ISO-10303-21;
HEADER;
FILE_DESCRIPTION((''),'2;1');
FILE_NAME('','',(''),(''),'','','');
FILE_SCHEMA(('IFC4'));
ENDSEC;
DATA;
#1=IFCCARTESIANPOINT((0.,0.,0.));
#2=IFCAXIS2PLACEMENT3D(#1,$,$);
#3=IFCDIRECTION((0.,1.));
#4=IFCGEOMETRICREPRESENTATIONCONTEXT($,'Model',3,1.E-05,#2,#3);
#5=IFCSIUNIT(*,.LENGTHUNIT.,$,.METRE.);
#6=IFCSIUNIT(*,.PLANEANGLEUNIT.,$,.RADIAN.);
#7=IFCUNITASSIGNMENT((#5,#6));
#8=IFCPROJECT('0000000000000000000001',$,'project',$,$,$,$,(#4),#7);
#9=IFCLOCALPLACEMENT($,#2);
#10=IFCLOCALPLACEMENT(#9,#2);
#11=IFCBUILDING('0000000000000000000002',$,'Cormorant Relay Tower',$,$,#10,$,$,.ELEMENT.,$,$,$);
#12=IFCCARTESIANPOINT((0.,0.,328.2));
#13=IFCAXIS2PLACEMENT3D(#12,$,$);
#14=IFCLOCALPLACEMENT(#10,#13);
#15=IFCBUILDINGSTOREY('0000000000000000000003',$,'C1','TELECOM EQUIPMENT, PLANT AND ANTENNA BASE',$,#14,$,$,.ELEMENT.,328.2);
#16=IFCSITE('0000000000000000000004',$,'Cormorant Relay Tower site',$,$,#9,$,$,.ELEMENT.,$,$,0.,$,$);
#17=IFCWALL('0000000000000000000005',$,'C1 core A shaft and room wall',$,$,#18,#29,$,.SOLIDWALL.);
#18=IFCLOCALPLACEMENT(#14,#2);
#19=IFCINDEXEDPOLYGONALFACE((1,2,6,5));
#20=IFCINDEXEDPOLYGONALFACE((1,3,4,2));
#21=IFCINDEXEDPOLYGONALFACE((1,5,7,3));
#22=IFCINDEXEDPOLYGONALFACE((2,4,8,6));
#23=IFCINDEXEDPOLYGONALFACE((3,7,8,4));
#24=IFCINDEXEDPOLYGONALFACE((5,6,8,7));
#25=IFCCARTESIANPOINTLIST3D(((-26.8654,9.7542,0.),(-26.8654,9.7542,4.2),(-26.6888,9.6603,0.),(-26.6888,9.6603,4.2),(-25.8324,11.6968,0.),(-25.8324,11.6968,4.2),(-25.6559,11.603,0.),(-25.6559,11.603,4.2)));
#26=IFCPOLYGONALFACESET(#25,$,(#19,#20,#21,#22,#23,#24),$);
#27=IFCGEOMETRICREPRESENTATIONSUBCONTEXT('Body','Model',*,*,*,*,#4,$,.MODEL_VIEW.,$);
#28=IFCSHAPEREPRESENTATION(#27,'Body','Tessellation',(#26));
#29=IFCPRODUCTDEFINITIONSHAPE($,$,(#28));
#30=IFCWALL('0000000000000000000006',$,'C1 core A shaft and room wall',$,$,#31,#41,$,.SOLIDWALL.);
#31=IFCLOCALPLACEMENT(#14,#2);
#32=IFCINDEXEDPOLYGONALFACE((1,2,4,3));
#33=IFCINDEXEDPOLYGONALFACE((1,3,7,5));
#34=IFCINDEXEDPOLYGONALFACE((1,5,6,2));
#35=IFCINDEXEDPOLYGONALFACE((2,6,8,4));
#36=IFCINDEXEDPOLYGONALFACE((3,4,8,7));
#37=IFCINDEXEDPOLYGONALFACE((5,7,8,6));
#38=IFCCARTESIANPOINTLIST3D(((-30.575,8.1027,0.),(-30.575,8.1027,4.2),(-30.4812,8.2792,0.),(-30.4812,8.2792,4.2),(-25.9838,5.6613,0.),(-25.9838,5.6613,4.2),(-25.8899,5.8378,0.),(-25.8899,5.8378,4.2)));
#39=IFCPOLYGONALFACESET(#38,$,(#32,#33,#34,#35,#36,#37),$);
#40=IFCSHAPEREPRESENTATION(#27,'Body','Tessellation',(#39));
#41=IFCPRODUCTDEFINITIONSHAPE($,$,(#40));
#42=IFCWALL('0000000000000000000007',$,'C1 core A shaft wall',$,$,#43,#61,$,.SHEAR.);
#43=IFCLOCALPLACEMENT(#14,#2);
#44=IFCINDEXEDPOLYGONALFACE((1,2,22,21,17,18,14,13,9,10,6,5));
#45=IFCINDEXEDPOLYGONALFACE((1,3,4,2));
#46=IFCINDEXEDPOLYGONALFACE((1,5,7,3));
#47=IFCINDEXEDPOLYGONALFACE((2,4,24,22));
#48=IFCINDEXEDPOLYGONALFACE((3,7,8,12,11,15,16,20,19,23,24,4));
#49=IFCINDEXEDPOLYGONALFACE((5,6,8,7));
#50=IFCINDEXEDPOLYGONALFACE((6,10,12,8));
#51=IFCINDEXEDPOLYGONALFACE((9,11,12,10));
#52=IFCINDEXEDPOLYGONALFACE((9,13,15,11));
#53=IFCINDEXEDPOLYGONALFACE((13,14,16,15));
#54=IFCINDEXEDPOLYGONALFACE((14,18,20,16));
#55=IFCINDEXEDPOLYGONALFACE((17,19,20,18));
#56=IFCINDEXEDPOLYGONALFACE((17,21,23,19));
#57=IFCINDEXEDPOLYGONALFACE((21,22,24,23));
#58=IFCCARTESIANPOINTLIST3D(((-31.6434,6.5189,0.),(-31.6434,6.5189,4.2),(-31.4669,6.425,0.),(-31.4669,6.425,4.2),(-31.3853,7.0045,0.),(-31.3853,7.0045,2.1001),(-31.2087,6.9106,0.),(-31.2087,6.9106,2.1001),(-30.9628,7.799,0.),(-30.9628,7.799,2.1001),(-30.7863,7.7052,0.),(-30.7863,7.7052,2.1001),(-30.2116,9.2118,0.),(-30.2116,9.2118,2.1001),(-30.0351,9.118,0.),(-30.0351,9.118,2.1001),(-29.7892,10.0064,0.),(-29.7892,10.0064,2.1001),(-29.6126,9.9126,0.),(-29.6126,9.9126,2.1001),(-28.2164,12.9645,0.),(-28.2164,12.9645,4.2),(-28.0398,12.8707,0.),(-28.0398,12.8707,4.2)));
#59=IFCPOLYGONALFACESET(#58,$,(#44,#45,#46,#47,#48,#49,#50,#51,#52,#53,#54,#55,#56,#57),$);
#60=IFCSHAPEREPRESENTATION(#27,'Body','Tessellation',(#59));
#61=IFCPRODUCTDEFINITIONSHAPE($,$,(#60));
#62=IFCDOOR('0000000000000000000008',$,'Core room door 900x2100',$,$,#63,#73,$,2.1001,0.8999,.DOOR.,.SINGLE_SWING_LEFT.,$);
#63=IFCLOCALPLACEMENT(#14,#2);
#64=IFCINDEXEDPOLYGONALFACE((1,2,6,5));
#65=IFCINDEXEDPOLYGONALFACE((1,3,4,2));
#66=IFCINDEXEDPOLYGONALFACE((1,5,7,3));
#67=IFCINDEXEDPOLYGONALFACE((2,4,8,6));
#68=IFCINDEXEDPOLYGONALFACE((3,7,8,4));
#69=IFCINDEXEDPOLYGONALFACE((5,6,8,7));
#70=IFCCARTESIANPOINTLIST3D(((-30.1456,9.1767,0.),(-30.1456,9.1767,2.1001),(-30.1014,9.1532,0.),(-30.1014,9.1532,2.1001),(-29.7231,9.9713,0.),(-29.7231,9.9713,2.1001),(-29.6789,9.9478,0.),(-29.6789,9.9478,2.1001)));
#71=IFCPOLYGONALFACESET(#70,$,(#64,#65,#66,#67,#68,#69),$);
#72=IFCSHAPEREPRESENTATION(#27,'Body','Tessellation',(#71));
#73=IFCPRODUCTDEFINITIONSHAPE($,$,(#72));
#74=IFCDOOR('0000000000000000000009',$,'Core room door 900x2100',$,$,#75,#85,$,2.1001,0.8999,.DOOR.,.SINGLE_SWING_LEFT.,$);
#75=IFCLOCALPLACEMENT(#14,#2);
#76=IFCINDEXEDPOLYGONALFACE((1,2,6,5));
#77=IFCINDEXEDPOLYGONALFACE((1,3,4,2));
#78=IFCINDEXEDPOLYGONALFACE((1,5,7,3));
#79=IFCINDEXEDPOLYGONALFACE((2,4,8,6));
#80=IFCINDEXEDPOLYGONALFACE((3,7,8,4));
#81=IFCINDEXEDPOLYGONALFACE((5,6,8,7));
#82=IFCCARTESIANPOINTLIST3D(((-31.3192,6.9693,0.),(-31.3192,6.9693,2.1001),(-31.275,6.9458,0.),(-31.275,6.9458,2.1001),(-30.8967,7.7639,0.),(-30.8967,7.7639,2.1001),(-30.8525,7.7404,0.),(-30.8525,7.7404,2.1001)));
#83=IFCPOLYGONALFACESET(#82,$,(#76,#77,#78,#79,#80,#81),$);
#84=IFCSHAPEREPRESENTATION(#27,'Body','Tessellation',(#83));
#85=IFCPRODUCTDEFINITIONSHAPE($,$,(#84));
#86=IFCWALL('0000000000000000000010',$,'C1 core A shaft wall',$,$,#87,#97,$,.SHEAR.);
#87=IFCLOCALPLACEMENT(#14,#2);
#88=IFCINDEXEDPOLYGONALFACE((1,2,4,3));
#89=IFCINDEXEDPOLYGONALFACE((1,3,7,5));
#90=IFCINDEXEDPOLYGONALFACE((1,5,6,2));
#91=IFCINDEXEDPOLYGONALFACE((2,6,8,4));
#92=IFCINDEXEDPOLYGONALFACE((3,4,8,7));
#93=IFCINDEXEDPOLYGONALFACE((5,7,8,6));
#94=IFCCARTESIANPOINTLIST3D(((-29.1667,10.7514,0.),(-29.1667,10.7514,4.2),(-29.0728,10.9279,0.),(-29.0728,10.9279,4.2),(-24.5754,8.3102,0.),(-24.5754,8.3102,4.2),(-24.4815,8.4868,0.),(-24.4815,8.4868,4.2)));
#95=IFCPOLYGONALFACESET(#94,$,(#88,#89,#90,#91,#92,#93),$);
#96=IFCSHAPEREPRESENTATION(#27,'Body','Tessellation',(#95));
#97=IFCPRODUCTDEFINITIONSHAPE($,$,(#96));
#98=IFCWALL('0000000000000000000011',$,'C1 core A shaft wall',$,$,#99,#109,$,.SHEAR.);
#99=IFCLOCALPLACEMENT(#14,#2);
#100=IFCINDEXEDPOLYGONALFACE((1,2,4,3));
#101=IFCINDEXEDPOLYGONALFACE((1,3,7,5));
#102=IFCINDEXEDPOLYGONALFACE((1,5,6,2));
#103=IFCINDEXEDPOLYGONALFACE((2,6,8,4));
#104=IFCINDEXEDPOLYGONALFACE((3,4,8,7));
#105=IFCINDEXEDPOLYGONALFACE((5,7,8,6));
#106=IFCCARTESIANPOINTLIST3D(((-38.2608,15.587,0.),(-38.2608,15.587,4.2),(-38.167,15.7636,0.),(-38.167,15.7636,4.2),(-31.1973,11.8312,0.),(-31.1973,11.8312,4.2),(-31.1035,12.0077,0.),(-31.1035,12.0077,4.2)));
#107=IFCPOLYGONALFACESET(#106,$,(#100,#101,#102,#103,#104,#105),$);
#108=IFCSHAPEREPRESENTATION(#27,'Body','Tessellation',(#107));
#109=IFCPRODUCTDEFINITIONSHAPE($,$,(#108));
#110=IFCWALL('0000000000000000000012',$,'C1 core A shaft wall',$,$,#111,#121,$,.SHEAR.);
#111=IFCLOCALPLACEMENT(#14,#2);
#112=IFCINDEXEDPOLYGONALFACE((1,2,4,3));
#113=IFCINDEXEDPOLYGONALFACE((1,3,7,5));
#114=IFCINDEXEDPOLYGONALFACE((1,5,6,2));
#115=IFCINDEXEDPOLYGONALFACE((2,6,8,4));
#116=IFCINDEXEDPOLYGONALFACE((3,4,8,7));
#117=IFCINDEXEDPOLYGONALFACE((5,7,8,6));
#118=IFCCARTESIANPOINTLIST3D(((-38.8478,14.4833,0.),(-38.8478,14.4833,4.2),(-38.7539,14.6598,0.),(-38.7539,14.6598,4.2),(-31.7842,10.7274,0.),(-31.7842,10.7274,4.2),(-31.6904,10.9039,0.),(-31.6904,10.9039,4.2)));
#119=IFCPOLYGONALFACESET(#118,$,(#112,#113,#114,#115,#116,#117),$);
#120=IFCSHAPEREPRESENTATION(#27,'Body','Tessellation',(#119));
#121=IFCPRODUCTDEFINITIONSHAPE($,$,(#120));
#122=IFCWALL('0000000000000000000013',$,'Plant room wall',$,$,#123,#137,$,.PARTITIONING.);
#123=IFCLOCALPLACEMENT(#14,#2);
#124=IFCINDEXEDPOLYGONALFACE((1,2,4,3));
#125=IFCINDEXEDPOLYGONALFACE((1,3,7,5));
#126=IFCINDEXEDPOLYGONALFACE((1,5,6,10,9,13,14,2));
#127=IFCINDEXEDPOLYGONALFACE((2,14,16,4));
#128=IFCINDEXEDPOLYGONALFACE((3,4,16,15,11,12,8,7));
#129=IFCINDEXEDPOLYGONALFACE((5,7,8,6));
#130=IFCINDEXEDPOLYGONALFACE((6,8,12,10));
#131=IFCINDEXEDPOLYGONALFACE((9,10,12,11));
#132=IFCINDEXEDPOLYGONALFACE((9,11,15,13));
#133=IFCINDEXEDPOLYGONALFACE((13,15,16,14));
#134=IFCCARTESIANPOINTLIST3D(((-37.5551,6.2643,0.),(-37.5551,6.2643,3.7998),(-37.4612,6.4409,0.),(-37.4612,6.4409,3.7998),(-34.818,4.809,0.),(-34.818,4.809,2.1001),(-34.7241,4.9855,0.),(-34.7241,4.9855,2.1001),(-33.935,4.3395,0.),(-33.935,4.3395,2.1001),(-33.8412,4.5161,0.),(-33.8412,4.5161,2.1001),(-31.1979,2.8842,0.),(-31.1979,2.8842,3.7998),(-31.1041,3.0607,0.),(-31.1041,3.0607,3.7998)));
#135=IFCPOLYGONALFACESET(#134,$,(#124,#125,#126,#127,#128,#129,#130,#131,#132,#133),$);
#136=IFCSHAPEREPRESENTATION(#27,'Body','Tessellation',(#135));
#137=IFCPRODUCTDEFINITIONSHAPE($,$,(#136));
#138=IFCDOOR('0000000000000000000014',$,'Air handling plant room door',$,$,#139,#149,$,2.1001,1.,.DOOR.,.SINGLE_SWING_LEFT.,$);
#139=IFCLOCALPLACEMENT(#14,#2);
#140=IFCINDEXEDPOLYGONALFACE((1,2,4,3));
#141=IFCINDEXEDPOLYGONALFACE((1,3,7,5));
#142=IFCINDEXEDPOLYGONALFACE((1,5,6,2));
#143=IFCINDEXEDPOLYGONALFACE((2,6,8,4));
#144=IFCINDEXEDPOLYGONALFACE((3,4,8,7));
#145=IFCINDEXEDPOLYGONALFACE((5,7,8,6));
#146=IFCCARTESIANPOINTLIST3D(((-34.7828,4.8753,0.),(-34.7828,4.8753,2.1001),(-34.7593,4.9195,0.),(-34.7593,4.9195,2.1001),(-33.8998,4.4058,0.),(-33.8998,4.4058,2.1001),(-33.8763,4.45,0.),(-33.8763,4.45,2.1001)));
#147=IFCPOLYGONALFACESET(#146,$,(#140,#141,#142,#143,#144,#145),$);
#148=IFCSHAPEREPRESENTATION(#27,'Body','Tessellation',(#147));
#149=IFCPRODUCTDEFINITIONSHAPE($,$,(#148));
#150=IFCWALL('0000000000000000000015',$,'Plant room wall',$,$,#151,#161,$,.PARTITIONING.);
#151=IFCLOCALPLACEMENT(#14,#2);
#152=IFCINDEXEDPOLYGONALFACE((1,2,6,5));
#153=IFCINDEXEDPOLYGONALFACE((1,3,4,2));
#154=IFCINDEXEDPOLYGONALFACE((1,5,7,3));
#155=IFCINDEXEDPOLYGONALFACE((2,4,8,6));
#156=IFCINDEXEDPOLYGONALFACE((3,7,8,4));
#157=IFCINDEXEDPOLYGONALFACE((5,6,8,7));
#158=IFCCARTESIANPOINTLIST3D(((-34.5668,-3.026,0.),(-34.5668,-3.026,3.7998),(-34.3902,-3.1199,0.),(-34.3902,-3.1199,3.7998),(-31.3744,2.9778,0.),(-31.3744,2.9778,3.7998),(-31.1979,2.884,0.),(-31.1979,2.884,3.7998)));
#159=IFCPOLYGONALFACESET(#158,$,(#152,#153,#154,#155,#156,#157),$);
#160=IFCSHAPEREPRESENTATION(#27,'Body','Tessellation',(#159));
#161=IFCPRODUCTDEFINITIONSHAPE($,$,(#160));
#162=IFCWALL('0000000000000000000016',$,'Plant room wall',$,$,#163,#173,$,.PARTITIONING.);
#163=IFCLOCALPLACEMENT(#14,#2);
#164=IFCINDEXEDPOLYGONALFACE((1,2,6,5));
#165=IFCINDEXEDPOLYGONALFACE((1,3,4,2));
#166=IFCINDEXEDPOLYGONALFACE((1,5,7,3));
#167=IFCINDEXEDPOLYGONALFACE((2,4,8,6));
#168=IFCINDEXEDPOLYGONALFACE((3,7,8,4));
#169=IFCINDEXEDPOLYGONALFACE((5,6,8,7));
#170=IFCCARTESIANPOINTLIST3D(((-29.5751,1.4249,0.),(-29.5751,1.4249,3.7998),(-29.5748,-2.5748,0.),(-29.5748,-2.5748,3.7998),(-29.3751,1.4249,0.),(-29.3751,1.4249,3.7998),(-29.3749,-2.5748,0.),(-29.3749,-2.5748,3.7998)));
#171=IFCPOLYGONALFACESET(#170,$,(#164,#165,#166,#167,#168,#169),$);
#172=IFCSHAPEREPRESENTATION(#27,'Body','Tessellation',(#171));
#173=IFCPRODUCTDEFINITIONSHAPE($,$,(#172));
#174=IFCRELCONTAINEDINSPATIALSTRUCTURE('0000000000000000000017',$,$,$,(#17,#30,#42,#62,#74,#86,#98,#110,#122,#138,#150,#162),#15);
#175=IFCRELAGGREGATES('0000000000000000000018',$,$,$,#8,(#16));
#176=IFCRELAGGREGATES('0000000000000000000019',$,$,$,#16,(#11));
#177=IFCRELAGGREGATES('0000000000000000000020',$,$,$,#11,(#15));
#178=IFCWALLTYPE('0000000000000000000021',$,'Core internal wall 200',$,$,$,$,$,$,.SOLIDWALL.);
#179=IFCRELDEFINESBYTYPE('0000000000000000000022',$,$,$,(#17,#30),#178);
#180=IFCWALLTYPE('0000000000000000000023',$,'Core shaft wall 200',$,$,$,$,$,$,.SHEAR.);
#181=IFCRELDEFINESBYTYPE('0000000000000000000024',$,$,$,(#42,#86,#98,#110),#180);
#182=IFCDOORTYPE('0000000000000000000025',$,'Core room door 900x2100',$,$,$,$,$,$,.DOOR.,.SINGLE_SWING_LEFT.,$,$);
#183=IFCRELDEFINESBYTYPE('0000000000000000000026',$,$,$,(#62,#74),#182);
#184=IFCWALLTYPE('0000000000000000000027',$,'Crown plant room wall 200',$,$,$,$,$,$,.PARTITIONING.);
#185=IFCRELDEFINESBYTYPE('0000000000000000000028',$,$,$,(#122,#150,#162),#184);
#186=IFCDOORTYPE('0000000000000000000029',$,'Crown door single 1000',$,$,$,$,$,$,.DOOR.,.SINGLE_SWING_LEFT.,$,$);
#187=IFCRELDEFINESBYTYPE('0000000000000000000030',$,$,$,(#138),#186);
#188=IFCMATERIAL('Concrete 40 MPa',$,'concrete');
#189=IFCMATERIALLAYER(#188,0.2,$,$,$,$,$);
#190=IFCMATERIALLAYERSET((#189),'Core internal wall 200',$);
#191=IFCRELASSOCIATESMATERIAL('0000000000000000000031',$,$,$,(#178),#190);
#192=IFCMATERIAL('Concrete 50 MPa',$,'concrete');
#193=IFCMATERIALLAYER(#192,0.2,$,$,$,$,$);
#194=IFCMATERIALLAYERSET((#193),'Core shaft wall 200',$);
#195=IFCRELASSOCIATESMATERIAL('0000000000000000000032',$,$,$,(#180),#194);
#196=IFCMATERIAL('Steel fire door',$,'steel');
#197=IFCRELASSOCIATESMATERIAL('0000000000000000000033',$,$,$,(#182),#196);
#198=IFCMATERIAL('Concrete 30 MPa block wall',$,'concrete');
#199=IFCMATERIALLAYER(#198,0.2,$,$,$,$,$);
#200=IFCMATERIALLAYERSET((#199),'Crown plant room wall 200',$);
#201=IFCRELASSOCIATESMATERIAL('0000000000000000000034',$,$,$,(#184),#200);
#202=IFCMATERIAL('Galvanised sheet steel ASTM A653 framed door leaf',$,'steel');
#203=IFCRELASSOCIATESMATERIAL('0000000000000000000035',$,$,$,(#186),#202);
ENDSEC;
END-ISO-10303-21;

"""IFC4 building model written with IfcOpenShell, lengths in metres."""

from ifc_helpers import new_model, si_unit, direction, frame, frame_2d, origin, place, context, subcontext, project, spatial, rectangle, extrude, material, layer, layer_set, type_object, element, fill, save


model = new_model("IFC4")

# Units and contexts
model_context = context("Model", 3, precision=1e-05, world=origin(), true_north=direction((0.0, 1.0)))
body_context = subcontext(model_context, "Body", "Model", "MODEL_VIEW")
ifc_project = project(units=[si_unit("LENGTHUNIT", "METRE"), si_unit("PLANEANGLEUNIT", "RADIAN")], contexts=[model_context])

# Site, building, storey
site_placement = place(None, origin())
site = spatial("IfcSite", under=ifc_project, at=site_placement, Name="Cormorant Relay Tower site", CompositionType="ELEMENT", RefElevation=0.0)
building_placement = place(site_placement, origin())
building = spatial("IfcBuilding", under=site, at=building_placement, Name="Cormorant Relay Tower", CompositionType="ELEMENT")
storey_placement = place(building_placement, frame((0.0, 0.0, 328.2)))
storey = spatial("IfcBuildingStorey", under=building, at=storey_placement, Name="C1", Description="TELECOM EQUIPMENT, PLANT AND ANTENNA BASE", CompositionType="ELEMENT", Elevation=328.2)

# Walls
ifc_material_1 = material(Name="Concrete 40 MPa", Category="concrete")
ifc_layer_1 = layer(ifc_material_1, 0.2)
ifc_layer_set_1 = layer_set([ifc_layer_1], Name="Core internal wall 200")
wall_type_1 = type_object("IfcWallType", Name="Core internal wall 200", PredefinedType="SOLIDWALL", material=ifc_layer_set_1)
wall_1_placement = place(storey_placement, frame((-25.7441, 11.6499, 0.0), z_axis=(0.0, 0.0, 1.0), x_axis=(-0.469488, -0.882939, 0.0)))
element("IfcWall", 1, at=wall_1_placement, inside=storey, type_object=wall_type_1, Name="C1 core A shaft and room wall", PredefinedType="SOLIDWALL", context=body_context, shape_type="SweptSolid", body=[
    extrude(rectangle(XDim=2.2002, YDim=0.2, at=frame_2d((1.1001, 0.0))), origin(), (0.0, 0.0, 1.0), 4.2),
])
wall_2_placement = place(storey_placement, frame((-25.9368, 5.7495, 0.0), z_axis=(0.0, 0.0, 1.0), x_axis=(-0.882935, 0.469496, 0.0)))
element("IfcWall", 2, at=wall_2_placement, inside=storey, type_object=wall_type_1, Name="C1 core A shaft and room wall", PredefinedType="SOLIDWALL", context=body_context, shape_type="SweptSolid", body=[
    extrude(rectangle(XDim=5.2, YDim=0.2, at=frame_2d((2.6001, 0.0))), origin(), (0.0, 0.0, 1.0), 4.2),
])

# Wall, openings, doors
ifc_material_2 = material(Name="Concrete 50 MPa", Category="concrete")
ifc_layer_2 = layer(ifc_material_2, 0.2)
ifc_layer_set_2 = layer_set([ifc_layer_2], Name="Core shaft wall 200")
wall_type_2 = type_object("IfcWallType", Name="Core shaft wall 200", PredefinedType="SHEAR", material=ifc_layer_set_2)
wall_3_placement = place(storey_placement, frame((-28.1282, 12.9175, 0.0), z_axis=(0.0, 0.0, 1.0), x_axis=(-0.469454, -0.882957, 0.0)))
wall_3 = element("IfcWall", 3, at=wall_3_placement, inside=storey, type_object=wall_type_2, Name="C1 core A shaft wall", PredefinedType="SHEAR", context=body_context, shape_type="SweptSolid", body=[
    extrude(rectangle(XDim=7.3, YDim=0.2, at=frame_2d((3.6499, 0.0))), origin(), (0.0, 0.0, 1.0), 4.2),
])
opening_1_placement = place(wall_3_placement, frame((3.3501, 0.0, 0.0)))
opening_1 = element("IfcOpeningElement", 4, at=opening_1_placement, cuts=wall_3, PredefinedType="OPENING", context=body_context, shape_type="SweptSolid", body=[
    extrude(rectangle(XDim=0.8999, YDim=2.1001, at=frame_2d((0.45, 1.05))), frame((0.0, 0.1099, 0.0), z_axis=(0.0, -1.0, 0.0), x_axis=(1.0, 0.0, 0.0)), (0.0, 0.0, 1.0), 0.22),
])
opening_2_placement = place(wall_3_placement, frame((5.8501, 0.0, 0.0)))
opening_2 = element("IfcOpeningElement", 5, at=opening_2_placement, cuts=wall_3, PredefinedType="OPENING", context=body_context, shape_type="SweptSolid", body=[
    extrude(rectangle(XDim=0.8999, YDim=2.1001, at=frame_2d((0.45, 1.05))), frame((0.0, 0.1099, 0.0), z_axis=(0.0, -1.0, 0.0), x_axis=(1.0, 0.0, 0.0)), (0.0, 0.0, 1.0), 0.22),
])
ifc_material_3 = material(Name="Steel fire door", Category="steel")
door_type_1 = type_object("IfcDoorType", Name="Core room door 900x2100", OperationType="SINGLE_SWING_LEFT", PredefinedType="DOOR", material=ifc_material_3)
door_1_placement = place(opening_1_placement, origin())
door_1 = element("IfcDoor", 6, at=door_1_placement, inside=storey, type_object=door_type_1, Name="Core room door 900x2100", OperationType="SINGLE_SWING_LEFT", OverallHeight=2.1001, OverallWidth=0.8999, PredefinedType="DOOR", context=body_context, shape_type="SweptSolid", body=[
    extrude(rectangle(XDim=0.8999, YDim=2.1001, at=frame_2d((0.45, 1.05))), frame((0.0, 0.0249, 0.0), z_axis=(0.0, -1.0, 0.0), x_axis=(1.0, 0.0, 0.0)), (0.0, 0.0, 1.0), 0.05),
])
fill(opening_1, door_1)
door_2_placement = place(opening_2_placement, origin())
door_2 = element("IfcDoor", 7, at=door_2_placement, inside=storey, type_object=door_type_1, Name="Core room door 900x2100", OperationType="SINGLE_SWING_LEFT", OverallHeight=2.1001, OverallWidth=0.8999, PredefinedType="DOOR", context=body_context, shape_type="SweptSolid", body=[
    extrude(rectangle(XDim=0.8999, YDim=2.1001, at=frame_2d((0.45, 1.05))), frame((0.0, 0.0249, 0.0), z_axis=(0.0, -1.0, 0.0), x_axis=(1.0, 0.0, 0.0)), (0.0, 0.0, 1.0), 0.05),
])
fill(opening_2, door_2)

# Walls
wall_4_placement = place(storey_placement, frame((-24.5283, 8.3984, 0.0), z_axis=(0.0, 0.0, 1.0), x_axis=(-0.882954, 0.46946, 0.0)))
element("IfcWall", 8, at=wall_4_placement, inside=storey, type_object=wall_type_2, Name="C1 core A shaft wall", PredefinedType="SHEAR", context=body_context, shape_type="SweptSolid", body=[
    extrude(rectangle(XDim=5.2, YDim=0.2, at=frame_2d((2.6001, 0.0))), origin(), (0.0, 0.0, 1.0), 4.2),
])
for number, where, z_axis, x_axis, name in (
    (9, (-31.1504, 11.9194, 0.0), (0.0, 0.0, 1.0), (-0.88294, 0.469485, 0.0), "C1 core A shaft wall"),
    (10, (-31.7373, 10.8157, 0.0), (0.0, 0.0, 1.0), (-0.88294, 0.469485, 0.0), "C1 core A shaft wall"),
):
    element("IfcWall", number, at=place(storey_placement, frame(where, z_axis=z_axis, x_axis=x_axis)), inside=storey, type_object=wall_type_2, Name=name, PredefinedType="SHEAR", context=body_context, shape_type="SweptSolid", body=[
        extrude(rectangle(XDim=8.0, YDim=0.2, at=frame_2d((4.0, 0.0))), origin(), (0.0, 0.0, 1.0), 4.2),
    ])

# Wall, opening, door
ifc_material_4 = material(Name="Concrete 30 MPa block wall", Category="concrete")
ifc_layer_3 = layer(ifc_material_4, 0.2)
ifc_layer_set_3 = layer_set([ifc_layer_3], Name="Crown plant room wall 200")
wall_type_3 = type_object("IfcWallType", Name="Crown plant room wall 200", PredefinedType="PARTITIONING", material=ifc_layer_set_3)
wall_5_placement = place(storey_placement, frame((-31.1509, 2.9724, 0.0), z_axis=(0.0, 0.0, 1.0), x_axis=(-0.88295, 0.469467, 0.0)))
wall_5 = element("IfcWall", 11, at=wall_5_placement, inside=storey, type_object=wall_type_3, Name="Plant room wall", PredefinedType="PARTITIONING", context=body_context, shape_type="SweptSolid", body=[
    extrude(rectangle(XDim=7.2, YDim=0.2, at=frame_2d((3.6001, 0.0))), origin(), (0.0, 0.0, 1.0), 3.7998),
])
opening_3_placement = place(wall_5_placement, frame((3.1001, 0.0, 0.0)))
opening_3 = element("IfcOpeningElement", 12, at=opening_3_placement, cuts=wall_5, PredefinedType="OPENING", context=body_context, shape_type="SweptSolid", body=[
    extrude(rectangle(XDim=1.0, YDim=2.1001, at=frame_2d((0.5, 1.05))), frame((0.0, 0.1099, 0.0), z_axis=(0.0, -1.0, 0.0), x_axis=(1.0, 0.0, 0.0)), (0.0, 0.0, 1.0), 0.22),
])
ifc_material_5 = material(Name="Galvanised sheet steel ASTM A653 framed door leaf", Category="steel")
door_type_2 = type_object("IfcDoorType", Name="Crown door single 1000", OperationType="SINGLE_SWING_LEFT", PredefinedType="DOOR", material=ifc_material_5)
door_3_placement = place(opening_3_placement, origin())
door_3 = element("IfcDoor", 13, at=door_3_placement, inside=storey, type_object=door_type_2, Name="Air handling plant room door", OperationType="SINGLE_SWING_LEFT", OverallHeight=2.1001, OverallWidth=1.0, PredefinedType="DOOR", context=body_context, shape_type="SweptSolid", body=[
    extrude(rectangle(XDim=1.0, YDim=2.1001, at=frame_2d((0.5, 1.05))), frame((0.0, 0.0249, 0.0), z_axis=(0.0, -1.0, 0.0), x_axis=(1.0, 0.0, 0.0)), (0.0, 0.0, 1.0), 0.05),
])
fill(opening_3, door_3)

# Walls
wall_6_placement = place(storey_placement, frame((-31.2861, 2.9309, 0.0), z_axis=(0.0, 0.0, 1.0), x_axis=(-0.469477, -0.882945, 0.0)))
element("IfcWall", 14, at=wall_6_placement, inside=storey, type_object=wall_type_3, Name="Plant room wall", PredefinedType="PARTITIONING", context=body_context, shape_type="SweptSolid", body=[
    extrude(rectangle(XDim=6.7998, YDim=0.2, at=frame_2d((3.3999, 0.0))), origin(), (0.0, 0.0, 1.0), 3.7998),
])
wall_7_placement = place(storey_placement, frame((-29.4749, -2.575, 0.0), z_axis=(0.0, 0.0, 1.0), x_axis=(-0.000061, 1.0, 0.0)))
element("IfcWall", 15, at=wall_7_placement, inside=storey, type_object=wall_type_3, Name="Plant room wall", PredefinedType="PARTITIONING", context=body_context, shape_type="SweptSolid", body=[
    extrude(rectangle(XDim=3.9998, YDim=0.2, at=frame_2d((2.0, 0.0))), origin(), (0.0, 0.0, 1.0), 3.7998),
])

save(model, "model.ifc")
